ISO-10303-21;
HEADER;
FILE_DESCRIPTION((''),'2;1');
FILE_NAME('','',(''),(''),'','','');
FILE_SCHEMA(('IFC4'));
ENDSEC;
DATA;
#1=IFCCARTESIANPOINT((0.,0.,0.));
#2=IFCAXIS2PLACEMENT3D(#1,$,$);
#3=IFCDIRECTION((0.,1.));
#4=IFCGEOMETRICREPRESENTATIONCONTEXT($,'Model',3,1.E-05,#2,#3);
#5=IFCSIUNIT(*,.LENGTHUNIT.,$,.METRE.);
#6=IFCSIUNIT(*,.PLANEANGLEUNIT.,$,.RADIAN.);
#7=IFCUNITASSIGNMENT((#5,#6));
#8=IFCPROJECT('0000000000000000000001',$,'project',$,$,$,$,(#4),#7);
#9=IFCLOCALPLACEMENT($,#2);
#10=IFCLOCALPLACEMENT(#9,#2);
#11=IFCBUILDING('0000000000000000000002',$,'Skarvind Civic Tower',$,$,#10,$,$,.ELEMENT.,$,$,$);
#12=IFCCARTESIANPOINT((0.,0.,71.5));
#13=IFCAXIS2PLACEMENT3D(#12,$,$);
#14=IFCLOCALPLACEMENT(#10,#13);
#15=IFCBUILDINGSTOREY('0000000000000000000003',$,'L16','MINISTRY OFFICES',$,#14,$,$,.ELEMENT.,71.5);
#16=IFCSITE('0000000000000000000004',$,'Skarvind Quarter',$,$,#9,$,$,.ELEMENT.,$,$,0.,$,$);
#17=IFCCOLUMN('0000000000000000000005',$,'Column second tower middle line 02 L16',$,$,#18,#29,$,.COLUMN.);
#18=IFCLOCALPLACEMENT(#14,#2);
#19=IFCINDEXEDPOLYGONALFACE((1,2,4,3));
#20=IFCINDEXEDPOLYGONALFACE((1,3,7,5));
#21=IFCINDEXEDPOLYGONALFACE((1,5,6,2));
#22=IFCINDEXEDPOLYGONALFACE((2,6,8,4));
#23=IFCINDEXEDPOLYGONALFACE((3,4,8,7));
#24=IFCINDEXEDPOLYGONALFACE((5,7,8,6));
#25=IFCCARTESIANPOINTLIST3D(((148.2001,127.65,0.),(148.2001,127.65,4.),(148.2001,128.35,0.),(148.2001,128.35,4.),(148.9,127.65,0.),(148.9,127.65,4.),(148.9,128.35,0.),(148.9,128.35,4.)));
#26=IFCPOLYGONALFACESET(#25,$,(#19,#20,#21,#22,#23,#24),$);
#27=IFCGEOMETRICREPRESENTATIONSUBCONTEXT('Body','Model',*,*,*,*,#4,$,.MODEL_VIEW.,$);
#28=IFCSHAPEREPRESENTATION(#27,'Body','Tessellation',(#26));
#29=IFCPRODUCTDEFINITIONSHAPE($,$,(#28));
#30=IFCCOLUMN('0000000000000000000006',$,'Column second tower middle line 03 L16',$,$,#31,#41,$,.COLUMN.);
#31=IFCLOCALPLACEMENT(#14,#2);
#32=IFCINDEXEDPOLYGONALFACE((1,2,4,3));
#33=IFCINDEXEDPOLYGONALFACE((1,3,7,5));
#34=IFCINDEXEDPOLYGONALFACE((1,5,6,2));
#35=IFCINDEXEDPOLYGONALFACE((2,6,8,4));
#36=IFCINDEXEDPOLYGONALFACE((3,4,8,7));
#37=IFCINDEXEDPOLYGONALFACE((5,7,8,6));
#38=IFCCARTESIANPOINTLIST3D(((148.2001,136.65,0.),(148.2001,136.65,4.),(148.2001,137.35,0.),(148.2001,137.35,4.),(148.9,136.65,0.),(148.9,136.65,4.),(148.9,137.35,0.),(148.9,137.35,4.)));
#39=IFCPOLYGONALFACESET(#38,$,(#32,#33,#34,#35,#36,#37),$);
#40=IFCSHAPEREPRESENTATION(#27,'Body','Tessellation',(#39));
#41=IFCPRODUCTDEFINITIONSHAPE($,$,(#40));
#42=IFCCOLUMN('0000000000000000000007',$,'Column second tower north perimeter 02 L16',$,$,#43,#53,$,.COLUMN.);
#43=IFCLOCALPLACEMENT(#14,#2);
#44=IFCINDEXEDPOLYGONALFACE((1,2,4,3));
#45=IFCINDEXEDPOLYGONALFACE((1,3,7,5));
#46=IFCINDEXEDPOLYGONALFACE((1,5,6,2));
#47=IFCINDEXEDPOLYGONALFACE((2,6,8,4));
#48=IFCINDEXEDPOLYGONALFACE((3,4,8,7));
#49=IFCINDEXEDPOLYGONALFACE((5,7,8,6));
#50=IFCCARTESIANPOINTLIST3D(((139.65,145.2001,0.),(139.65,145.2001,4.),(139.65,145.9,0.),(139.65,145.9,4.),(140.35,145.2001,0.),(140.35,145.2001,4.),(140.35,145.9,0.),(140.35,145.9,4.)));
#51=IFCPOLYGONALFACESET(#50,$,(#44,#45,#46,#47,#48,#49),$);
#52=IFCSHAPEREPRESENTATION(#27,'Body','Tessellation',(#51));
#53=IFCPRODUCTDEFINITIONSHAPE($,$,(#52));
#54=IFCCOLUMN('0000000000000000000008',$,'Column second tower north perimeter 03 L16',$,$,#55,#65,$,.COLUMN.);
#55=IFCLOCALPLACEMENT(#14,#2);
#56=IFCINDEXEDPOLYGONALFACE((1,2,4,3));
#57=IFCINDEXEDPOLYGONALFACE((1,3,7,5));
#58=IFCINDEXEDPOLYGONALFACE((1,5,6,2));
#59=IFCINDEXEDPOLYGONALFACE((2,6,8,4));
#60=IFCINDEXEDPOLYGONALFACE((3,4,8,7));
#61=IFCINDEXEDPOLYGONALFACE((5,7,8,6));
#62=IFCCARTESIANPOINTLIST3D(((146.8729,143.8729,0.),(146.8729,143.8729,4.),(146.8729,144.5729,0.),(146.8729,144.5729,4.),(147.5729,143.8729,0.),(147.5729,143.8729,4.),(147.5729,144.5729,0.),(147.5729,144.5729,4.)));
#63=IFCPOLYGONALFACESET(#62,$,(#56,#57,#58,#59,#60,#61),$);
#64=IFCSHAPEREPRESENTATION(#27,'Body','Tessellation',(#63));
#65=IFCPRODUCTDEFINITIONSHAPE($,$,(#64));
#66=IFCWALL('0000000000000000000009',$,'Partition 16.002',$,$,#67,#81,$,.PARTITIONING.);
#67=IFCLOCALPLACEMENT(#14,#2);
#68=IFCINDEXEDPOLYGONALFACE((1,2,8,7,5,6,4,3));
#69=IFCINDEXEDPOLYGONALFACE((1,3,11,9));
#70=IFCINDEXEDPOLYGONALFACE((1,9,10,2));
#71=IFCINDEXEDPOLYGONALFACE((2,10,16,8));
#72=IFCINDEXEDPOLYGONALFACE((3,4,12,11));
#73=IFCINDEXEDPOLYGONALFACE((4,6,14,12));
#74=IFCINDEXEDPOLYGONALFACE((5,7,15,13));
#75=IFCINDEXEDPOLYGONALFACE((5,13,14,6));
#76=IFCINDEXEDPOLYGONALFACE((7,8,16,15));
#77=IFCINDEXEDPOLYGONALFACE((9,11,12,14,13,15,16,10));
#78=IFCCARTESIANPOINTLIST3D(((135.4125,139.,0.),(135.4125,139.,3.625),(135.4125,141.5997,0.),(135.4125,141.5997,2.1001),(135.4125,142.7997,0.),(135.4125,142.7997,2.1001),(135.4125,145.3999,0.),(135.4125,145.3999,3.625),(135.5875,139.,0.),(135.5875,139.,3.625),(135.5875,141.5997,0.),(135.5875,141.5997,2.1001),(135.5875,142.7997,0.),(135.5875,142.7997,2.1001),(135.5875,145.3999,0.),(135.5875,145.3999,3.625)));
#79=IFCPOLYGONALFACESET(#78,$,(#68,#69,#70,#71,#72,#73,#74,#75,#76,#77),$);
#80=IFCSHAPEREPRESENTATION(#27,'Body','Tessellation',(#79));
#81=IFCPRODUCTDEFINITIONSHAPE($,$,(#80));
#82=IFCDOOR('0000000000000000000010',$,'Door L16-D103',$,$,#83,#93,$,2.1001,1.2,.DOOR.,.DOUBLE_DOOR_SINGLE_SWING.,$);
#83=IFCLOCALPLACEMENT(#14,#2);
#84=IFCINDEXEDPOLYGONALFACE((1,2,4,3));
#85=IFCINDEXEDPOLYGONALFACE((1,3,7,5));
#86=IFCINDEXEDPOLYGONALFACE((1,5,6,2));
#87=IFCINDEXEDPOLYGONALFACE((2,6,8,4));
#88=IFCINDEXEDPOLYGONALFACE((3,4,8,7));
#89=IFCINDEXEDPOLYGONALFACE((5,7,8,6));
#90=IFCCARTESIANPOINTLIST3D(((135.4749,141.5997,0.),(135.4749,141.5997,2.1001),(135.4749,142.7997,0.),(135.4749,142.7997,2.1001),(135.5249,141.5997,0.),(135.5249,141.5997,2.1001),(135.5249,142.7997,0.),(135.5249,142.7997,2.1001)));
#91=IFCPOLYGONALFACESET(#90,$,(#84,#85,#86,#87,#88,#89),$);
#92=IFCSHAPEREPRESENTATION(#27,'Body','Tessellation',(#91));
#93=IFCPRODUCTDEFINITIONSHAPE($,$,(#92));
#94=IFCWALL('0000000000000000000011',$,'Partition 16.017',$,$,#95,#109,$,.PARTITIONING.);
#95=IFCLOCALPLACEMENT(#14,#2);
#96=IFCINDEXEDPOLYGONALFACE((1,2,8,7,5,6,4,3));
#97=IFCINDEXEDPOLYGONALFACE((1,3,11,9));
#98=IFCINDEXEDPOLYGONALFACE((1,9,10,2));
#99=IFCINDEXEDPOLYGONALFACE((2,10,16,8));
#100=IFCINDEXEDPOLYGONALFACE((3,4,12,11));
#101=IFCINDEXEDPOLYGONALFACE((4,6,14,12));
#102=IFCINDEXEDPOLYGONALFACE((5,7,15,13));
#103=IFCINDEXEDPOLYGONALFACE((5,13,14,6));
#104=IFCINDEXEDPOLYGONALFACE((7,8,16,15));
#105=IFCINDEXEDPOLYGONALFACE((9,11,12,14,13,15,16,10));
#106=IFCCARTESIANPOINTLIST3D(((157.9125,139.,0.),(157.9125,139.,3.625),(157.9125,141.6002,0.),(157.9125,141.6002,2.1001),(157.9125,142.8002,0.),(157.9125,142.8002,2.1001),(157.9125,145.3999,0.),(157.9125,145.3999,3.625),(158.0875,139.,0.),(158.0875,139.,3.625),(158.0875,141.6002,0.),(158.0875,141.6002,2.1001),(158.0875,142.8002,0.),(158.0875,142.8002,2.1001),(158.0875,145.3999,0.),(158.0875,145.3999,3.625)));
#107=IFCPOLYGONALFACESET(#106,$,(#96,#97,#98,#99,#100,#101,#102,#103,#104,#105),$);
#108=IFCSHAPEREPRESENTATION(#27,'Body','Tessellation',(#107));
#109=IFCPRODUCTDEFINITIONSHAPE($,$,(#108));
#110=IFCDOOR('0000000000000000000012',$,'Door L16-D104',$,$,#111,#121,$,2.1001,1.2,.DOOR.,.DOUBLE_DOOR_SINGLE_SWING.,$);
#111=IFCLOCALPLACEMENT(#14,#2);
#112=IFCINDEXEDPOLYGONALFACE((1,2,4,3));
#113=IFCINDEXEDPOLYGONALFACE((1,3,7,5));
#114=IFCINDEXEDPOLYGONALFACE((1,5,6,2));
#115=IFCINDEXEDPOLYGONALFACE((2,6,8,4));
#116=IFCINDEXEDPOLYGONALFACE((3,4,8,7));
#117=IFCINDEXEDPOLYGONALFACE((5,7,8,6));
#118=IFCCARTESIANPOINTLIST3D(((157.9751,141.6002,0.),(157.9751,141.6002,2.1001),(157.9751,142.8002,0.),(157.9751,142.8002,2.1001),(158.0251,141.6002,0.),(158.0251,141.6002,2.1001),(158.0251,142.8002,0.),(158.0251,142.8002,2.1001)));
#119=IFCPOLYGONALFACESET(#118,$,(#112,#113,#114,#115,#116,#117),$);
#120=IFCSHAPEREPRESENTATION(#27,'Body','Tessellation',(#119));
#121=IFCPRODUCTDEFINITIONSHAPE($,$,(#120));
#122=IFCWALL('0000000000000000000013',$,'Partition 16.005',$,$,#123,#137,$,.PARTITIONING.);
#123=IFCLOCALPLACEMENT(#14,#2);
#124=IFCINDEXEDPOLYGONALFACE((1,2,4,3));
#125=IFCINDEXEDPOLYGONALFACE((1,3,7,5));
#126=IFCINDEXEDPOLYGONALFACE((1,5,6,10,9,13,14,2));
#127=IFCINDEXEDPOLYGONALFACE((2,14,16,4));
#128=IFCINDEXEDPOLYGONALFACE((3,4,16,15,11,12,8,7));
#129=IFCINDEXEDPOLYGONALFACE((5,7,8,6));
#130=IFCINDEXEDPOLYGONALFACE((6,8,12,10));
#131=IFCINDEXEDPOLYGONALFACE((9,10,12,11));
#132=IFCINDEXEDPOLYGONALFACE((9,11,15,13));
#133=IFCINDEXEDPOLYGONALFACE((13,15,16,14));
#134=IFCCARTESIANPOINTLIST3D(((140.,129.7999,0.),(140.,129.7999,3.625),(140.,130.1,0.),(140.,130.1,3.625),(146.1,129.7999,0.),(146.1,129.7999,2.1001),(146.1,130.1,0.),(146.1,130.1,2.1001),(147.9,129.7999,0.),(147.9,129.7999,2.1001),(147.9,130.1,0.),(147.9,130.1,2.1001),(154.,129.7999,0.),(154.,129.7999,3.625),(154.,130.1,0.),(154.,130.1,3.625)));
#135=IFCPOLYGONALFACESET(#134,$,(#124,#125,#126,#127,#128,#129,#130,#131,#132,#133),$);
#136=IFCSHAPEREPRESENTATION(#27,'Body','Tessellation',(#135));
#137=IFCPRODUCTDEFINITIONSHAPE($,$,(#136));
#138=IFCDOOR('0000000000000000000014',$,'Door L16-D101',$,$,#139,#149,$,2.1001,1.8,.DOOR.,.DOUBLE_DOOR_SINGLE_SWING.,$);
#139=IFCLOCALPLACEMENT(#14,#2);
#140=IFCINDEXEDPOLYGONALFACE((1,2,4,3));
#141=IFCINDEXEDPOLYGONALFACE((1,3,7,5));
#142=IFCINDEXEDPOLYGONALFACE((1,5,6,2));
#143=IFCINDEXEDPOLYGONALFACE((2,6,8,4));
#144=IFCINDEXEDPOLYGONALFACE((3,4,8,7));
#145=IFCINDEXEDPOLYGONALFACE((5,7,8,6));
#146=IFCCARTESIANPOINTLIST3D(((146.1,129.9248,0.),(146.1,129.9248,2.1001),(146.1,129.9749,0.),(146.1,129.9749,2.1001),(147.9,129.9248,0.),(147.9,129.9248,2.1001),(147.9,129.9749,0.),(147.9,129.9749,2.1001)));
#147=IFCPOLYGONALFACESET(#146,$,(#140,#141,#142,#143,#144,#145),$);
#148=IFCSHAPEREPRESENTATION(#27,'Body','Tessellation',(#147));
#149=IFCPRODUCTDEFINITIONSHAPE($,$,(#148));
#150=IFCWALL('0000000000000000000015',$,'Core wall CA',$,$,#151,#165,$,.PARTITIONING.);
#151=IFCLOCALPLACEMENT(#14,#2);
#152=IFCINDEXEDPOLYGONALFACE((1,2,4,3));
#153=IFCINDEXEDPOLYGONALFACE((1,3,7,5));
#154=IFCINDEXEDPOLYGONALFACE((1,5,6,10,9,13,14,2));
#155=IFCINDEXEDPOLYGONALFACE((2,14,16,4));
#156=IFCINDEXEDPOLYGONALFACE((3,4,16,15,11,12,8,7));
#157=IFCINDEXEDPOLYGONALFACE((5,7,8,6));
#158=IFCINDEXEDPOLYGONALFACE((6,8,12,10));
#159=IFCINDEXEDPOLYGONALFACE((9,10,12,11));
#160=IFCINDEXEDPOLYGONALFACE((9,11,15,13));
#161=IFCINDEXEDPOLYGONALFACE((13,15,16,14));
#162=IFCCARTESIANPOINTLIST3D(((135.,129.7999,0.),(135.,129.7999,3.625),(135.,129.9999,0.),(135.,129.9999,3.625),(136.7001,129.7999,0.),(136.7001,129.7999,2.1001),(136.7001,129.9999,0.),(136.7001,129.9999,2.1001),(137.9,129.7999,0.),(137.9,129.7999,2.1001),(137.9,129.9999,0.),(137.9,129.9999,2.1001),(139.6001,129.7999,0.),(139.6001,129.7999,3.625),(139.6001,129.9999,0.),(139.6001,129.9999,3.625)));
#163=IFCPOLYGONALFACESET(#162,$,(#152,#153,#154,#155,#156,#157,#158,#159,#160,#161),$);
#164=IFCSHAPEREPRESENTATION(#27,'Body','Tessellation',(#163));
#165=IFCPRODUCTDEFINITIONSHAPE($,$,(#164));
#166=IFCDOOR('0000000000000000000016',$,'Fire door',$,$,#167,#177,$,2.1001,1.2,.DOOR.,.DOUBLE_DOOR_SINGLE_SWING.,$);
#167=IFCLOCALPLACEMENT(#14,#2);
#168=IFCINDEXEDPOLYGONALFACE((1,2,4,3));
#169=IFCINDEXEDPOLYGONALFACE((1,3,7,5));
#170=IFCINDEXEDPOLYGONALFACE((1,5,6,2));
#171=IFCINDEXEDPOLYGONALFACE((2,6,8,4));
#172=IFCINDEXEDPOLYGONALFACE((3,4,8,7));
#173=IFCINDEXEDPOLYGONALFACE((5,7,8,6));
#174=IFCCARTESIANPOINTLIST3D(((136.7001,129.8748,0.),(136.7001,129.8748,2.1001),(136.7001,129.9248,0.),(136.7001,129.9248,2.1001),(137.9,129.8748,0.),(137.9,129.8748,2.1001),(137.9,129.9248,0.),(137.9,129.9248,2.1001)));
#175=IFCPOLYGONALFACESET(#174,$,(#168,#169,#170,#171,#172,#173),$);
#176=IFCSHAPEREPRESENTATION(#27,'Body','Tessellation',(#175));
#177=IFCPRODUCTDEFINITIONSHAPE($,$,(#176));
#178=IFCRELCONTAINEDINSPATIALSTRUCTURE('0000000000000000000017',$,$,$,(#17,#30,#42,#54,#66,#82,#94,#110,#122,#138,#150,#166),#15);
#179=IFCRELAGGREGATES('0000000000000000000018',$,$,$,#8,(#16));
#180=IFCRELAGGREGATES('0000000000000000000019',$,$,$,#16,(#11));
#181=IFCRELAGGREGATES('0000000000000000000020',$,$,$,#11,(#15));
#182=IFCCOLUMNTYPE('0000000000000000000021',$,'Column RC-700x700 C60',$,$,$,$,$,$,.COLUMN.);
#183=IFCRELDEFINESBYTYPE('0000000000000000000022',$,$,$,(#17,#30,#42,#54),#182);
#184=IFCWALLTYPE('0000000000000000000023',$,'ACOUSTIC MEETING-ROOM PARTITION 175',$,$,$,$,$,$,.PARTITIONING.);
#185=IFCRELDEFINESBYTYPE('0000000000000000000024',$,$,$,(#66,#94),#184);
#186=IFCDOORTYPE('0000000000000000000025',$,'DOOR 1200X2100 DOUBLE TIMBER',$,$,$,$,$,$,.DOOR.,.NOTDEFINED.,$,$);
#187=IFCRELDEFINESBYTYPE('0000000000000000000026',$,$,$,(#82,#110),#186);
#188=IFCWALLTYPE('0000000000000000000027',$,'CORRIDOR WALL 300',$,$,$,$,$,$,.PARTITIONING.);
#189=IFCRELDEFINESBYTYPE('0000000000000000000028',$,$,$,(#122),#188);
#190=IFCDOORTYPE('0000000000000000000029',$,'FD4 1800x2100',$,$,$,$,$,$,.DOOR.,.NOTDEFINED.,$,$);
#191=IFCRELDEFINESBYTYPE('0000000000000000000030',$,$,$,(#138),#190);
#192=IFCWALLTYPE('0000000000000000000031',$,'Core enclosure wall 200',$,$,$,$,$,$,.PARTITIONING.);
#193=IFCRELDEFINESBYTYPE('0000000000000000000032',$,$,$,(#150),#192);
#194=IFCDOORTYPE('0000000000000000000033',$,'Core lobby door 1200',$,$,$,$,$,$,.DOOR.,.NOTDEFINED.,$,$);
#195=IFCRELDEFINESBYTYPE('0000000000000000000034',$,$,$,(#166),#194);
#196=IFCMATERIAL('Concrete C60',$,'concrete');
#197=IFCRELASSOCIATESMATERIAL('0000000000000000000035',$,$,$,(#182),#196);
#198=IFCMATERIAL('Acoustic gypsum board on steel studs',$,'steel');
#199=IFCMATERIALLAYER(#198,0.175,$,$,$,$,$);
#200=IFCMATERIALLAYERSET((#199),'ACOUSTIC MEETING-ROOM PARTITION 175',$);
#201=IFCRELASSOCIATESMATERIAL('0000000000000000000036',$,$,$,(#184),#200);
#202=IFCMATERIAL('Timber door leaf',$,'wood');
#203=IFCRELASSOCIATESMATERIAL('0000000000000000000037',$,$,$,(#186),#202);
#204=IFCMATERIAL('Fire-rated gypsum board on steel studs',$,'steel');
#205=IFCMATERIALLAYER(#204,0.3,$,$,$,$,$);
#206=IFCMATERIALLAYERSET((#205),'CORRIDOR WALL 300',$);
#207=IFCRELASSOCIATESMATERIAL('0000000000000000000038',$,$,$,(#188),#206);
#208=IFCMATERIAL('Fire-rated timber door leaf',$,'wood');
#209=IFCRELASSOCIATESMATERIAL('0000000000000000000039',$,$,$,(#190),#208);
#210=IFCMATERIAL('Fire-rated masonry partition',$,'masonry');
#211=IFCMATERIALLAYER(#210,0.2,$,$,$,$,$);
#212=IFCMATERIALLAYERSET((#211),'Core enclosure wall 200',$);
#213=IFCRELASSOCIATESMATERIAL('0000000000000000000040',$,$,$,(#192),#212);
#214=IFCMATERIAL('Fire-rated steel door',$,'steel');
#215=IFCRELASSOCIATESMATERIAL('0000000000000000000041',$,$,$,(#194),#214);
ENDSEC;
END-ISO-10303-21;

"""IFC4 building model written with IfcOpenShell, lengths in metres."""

from ifc_helpers import new_model, si_unit, direction, frame, frame_2d, origin, origin_2d, place, context, subcontext, project, spatial, rectangle, extrude, material, layer, layer_set, material_profile, profile_set, type_object, element, fill, save


model = new_model("IFC4")

# Units and contexts
model_context = context("Model", 3, precision=1e-05, world=origin(), true_north=direction((0.0, 1.0)))
body_context = subcontext(model_context, "Body", "Model", "MODEL_VIEW")
ifc_project = project(units=[si_unit("LENGTHUNIT", "METRE"), si_unit("PLANEANGLEUNIT", "RADIAN")], contexts=[model_context])

# Site, building, storey
site_placement = place(None, origin())
site = spatial("IfcSite", under=ifc_project, at=site_placement, Name="Skarvind Quarter", CompositionType="ELEMENT", RefElevation=0.0)
building_placement = place(site_placement, origin())
building = spatial("IfcBuilding", under=site, at=building_placement, Name="Skarvind Civic Tower", CompositionType="ELEMENT")
storey_placement = place(building_placement, frame((0.0, 0.0, 71.5)))
storey = spatial("IfcBuildingStorey", under=building, at=storey_placement, Name="L16", Description="MINISTRY OFFICES", CompositionType="ELEMENT", Elevation=71.5)

# Columns
ifc_material_1 = material(Name="Concrete C60", Category="concrete")
ifc_material_profile = material_profile(ifc_material_1, rectangle(XDim=0.7, YDim=0.7, at=origin_2d()), Name="RC-700x700")
ifc_profile_set = profile_set([ifc_material_profile], Name="Concrete C60")
column_type = type_object("IfcColumnType", Name="Column RC-700x700 C60", PredefinedType="COLUMN", material=ifc_profile_set)
for number, where, z_axis, x_axis, name in (
    (1, (148.55, 128.0, 0.0), (0.0, 0.0, 1.0), (1.0, 0.0, 0.0), "Column second tower middle line 02 L16"),
    (2, (148.55, 137.0, 0.0), (0.0, 0.0, 1.0), (1.0, 0.0, 0.0), "Column second tower middle line 03 L16"),
    (3, (140.0, 145.55, 0.0), (0.0, 0.0, 1.0), (1.0, 0.0, 0.0), "Column second tower north perimeter 02 L16"),
    (4, (147.2229, 144.2229, 0.0), (0.0, 0.0, 1.0), (1.0, 0.0, 0.0), "Column second tower north perimeter 03 L16"),
):
    element("IfcColumn", number, at=place(storey_placement, frame(where, z_axis=z_axis, x_axis=x_axis)), inside=storey, type_object=column_type, Name=name, PredefinedType="COLUMN", context=body_context, shape_type="SweptSolid", body=[
        extrude(rectangle(XDim=0.7, YDim=0.7, at=origin_2d()), origin(), (0.0, 0.0, 1.0), 4.0),
    ])

# Walls, openings, doors
ifc_material_2 = material(Name="Acoustic gypsum board on steel studs", Category="steel")
ifc_layer_1 = layer(ifc_material_2, 0.175)
ifc_layer_set_1 = layer_set([ifc_layer_1], Name="ACOUSTIC MEETING-ROOM PARTITION 175")
wall_type_1 = type_object("IfcWallType", Name="ACOUSTIC MEETING-ROOM PARTITION 175", PredefinedType="PARTITIONING", material=ifc_layer_set_1)
wall_1_placement = place(storey_placement, frame((135.5, 145.3999, 0.0), z_axis=(0.0, 0.0, 1.0), x_axis=(0.0, -1.0, 0.0)))
wall_1 = element("IfcWall", 5, at=wall_1_placement, inside=storey, type_object=wall_type_1, Name="Partition 16.002", PredefinedType="PARTITIONING", context=body_context, shape_type="SweptSolid", body=[
    extrude(rectangle(XDim=6.3999, YDim=0.175, at=frame_2d((3.2, 0.0))), origin(), (0.0, 0.0, 1.0), 3.625),
])
opening_1_placement = place(wall_1_placement, frame((2.6001, 0.0, 0.0)))
opening_1 = element("IfcOpeningElement", 6, at=opening_1_placement, cuts=wall_1, PredefinedType="OPENING", context=body_context, shape_type="SweptSolid", body=[
    extrude(rectangle(XDim=1.2, YDim=2.1001, at=frame_2d((0.6001, 1.05))), frame((0.0, 0.0974, 0.0), z_axis=(0.0, -1.0, 0.0), x_axis=(1.0, 0.0, 0.0)), (0.0, 0.0, 1.0), 0.1951),
])
ifc_material_3 = material(Name="Timber door leaf", Category="wood")
door_type_1 = type_object("IfcDoorType", Name="DOOR 1200X2100 DOUBLE TIMBER", OperationType="NOTDEFINED", PredefinedType="DOOR", material=ifc_material_3)
door_1_placement = place(opening_1_placement, origin())
door_1 = element("IfcDoor", 7, at=door_1_placement, inside=storey, type_object=door_type_1, Name="Door L16-D103", OperationType="DOUBLE_DOOR_SINGLE_SWING", OverallHeight=2.1001, OverallWidth=1.2, PredefinedType="DOOR", context=body_context, shape_type="SweptSolid", body=[
    extrude(rectangle(XDim=1.2, YDim=2.1001, at=frame_2d((0.6001, 1.05))), frame((0.0, 0.0249, 0.0), z_axis=(0.0, -1.0, 0.0), x_axis=(1.0, 0.0, 0.0)), (0.0, 0.0, 1.0), 0.05),
])
fill(opening_1, door_1)
wall_2_placement = place(storey_placement, frame((158.0, 139.0, 0.0), z_axis=(0.0, 0.0, 1.0), x_axis=(0.0, 1.0, 0.0)))
wall_2 = element("IfcWall", 8, at=wall_2_placement, inside=storey, type_object=wall_type_1, Name="Partition 16.017", PredefinedType="PARTITIONING", context=body_context, shape_type="SweptSolid", body=[
    extrude(rectangle(XDim=6.3999, YDim=0.175, at=frame_2d((3.2, 0.0))), origin(), (0.0, 0.0, 1.0), 3.625),
])
opening_2_placement = place(wall_2_placement, frame((2.6001, 0.0, 0.0)))
opening_2 = element("IfcOpeningElement", 9, at=opening_2_placement, cuts=wall_2, PredefinedType="OPENING", context=body_context, shape_type="SweptSolid", body=[
    extrude(rectangle(XDim=1.2, YDim=2.1001, at=frame_2d((0.6001, 1.05))), frame((0.0, 0.0974, 0.0), z_axis=(0.0, -1.0, 0.0), x_axis=(1.0, 0.0, 0.0)), (0.0, 0.0, 1.0), 0.1951),
])
door_2_placement = place(opening_2_placement, origin())
door_2 = element("IfcDoor", 10, at=door_2_placement, inside=storey, type_object=door_type_1, Name="Door L16-D104", OperationType="DOUBLE_DOOR_SINGLE_SWING", OverallHeight=2.1001, OverallWidth=1.2, PredefinedType="DOOR", context=body_context, shape_type="SweptSolid", body=[
    extrude(rectangle(XDim=1.2, YDim=2.1001, at=frame_2d((0.6001, 1.05))), frame((0.0, 0.0249, 0.0), z_axis=(0.0, -1.0, 0.0), x_axis=(1.0, 0.0, 0.0)), (0.0, 0.0, 1.0), 0.05),
])
fill(opening_2, door_2)
ifc_material_4 = material(Name="Fire-rated gypsum board on steel studs", Category="steel")
ifc_layer_2 = layer(ifc_material_4, 0.3)
ifc_layer_set_2 = layer_set([ifc_layer_2], Name="CORRIDOR WALL 300")
wall_type_2 = type_object("IfcWallType", Name="CORRIDOR WALL 300", PredefinedType="PARTITIONING", material=ifc_layer_set_2)
wall_3_placement = place(storey_placement, frame((140.0, 129.95, 0.0), z_axis=(0.0, 0.0, 1.0), x_axis=(1.0, 0.0, 0.0)))
wall_3 = element("IfcWall", 11, at=wall_3_placement, inside=storey, type_object=wall_type_2, Name="Partition 16.005", PredefinedType="PARTITIONING", context=body_context, shape_type="SweptSolid", body=[
    extrude(rectangle(XDim=14.0, YDim=0.3, at=frame_2d((7.0, 0.0))), origin(), (0.0, 0.0, 1.0), 3.625),
])
opening_3_placement = place(wall_3_placement, frame((6.1001, 0.0, 0.0)))
opening_3 = element("IfcOpeningElement", 12, at=opening_3_placement, cuts=wall_3, PredefinedType="OPENING", context=body_context, shape_type="SweptSolid", body=[
    extrude(rectangle(XDim=1.8, YDim=2.1001, at=frame_2d((0.8999, 1.05))), frame((0.0, 0.1599, 0.0), z_axis=(0.0, -1.0, 0.0), x_axis=(1.0, 0.0, 0.0)), (0.0, 0.0, 1.0), 0.3201),
])
ifc_material_5 = material(Name="Fire-rated timber door leaf", Category="wood")
door_type_2 = type_object("IfcDoorType", Name="FD4 1800x2100", OperationType="NOTDEFINED", PredefinedType="DOOR", material=ifc_material_5)
door_3_placement = place(opening_3_placement, origin())
door_3 = element("IfcDoor", 13, at=door_3_placement, inside=storey, type_object=door_type_2, Name="Door L16-D101", OperationType="DOUBLE_DOOR_SINGLE_SWING", OverallHeight=2.1001, OverallWidth=1.8, PredefinedType="DOOR", context=body_context, shape_type="SweptSolid", body=[
    extrude(rectangle(XDim=1.8, YDim=2.1001, at=frame_2d((0.8999, 1.05))), frame((0.0, 0.0249, 0.0), z_axis=(0.0, -1.0, 0.0), x_axis=(1.0, 0.0, 0.0)), (0.0, 0.0, 1.0), 0.05),
])
fill(opening_3, door_3)
ifc_material_6 = material(Name="Fire-rated masonry partition", Category="masonry")
ifc_layer_3 = layer(ifc_material_6, 0.2)
ifc_layer_set_3 = layer_set([ifc_layer_3], Name="Core enclosure wall 200")
wall_type_3 = type_object("IfcWallType", Name="Core enclosure wall 200", PredefinedType="PARTITIONING", material=ifc_layer_set_3)
wall_4_placement = place(storey_placement, frame((135.0, 129.8999, 0.0), z_axis=(0.0, 0.0, 1.0), x_axis=(1.0, 0.0, 0.0)))
wall_4 = element("IfcWall", 14, at=wall_4_placement, inside=storey, type_object=wall_type_3, Name="Core wall CA", PredefinedType="PARTITIONING", context=body_context, shape_type="SweptSolid", body=[
    extrude(rectangle(XDim=4.6001, YDim=0.2, at=frame_2d((2.3, 0.0))), origin(), (0.0, 0.0, 1.0), 3.625),
])
opening_4_placement = place(wall_4_placement, frame((1.7, 0.0, 0.0)))
opening_4 = element("IfcOpeningElement", 15, at=opening_4_placement, cuts=wall_4, PredefinedType="OPENING", context=body_context, shape_type="SweptSolid", body=[
    extrude(rectangle(XDim=1.2, YDim=2.1001, at=frame_2d((0.6001, 1.05))), frame((0.0, 0.1099, 0.0), z_axis=(0.0, -1.0, 0.0), x_axis=(1.0, 0.0, 0.0)), (0.0, 0.0, 1.0), 0.22),
])
ifc_material_7 = material(Name="Fire-rated steel door", Category="steel")
door_type_3 = type_object("IfcDoorType", Name="Core lobby door 1200", OperationType="NOTDEFINED", PredefinedType="DOOR", material=ifc_material_7)
door_4_placement = place(opening_4_placement, origin())
door_4 = element("IfcDoor", 16, at=door_4_placement, inside=storey, type_object=door_type_3, Name="Fire door", OperationType="DOUBLE_DOOR_SINGLE_SWING", OverallHeight=2.1001, OverallWidth=1.2, PredefinedType="DOOR", context=body_context, shape_type="SweptSolid", body=[
    extrude(rectangle(XDim=1.2, YDim=2.1001, at=frame_2d((0.6001, 1.05))), frame((0.0, 0.0249, 0.0), z_axis=(0.0, -1.0, 0.0), x_axis=(1.0, 0.0, 0.0)), (0.0, 0.0, 1.0), 0.05),
])
fill(opening_4, door_4)

save(model, "model.ifc")
